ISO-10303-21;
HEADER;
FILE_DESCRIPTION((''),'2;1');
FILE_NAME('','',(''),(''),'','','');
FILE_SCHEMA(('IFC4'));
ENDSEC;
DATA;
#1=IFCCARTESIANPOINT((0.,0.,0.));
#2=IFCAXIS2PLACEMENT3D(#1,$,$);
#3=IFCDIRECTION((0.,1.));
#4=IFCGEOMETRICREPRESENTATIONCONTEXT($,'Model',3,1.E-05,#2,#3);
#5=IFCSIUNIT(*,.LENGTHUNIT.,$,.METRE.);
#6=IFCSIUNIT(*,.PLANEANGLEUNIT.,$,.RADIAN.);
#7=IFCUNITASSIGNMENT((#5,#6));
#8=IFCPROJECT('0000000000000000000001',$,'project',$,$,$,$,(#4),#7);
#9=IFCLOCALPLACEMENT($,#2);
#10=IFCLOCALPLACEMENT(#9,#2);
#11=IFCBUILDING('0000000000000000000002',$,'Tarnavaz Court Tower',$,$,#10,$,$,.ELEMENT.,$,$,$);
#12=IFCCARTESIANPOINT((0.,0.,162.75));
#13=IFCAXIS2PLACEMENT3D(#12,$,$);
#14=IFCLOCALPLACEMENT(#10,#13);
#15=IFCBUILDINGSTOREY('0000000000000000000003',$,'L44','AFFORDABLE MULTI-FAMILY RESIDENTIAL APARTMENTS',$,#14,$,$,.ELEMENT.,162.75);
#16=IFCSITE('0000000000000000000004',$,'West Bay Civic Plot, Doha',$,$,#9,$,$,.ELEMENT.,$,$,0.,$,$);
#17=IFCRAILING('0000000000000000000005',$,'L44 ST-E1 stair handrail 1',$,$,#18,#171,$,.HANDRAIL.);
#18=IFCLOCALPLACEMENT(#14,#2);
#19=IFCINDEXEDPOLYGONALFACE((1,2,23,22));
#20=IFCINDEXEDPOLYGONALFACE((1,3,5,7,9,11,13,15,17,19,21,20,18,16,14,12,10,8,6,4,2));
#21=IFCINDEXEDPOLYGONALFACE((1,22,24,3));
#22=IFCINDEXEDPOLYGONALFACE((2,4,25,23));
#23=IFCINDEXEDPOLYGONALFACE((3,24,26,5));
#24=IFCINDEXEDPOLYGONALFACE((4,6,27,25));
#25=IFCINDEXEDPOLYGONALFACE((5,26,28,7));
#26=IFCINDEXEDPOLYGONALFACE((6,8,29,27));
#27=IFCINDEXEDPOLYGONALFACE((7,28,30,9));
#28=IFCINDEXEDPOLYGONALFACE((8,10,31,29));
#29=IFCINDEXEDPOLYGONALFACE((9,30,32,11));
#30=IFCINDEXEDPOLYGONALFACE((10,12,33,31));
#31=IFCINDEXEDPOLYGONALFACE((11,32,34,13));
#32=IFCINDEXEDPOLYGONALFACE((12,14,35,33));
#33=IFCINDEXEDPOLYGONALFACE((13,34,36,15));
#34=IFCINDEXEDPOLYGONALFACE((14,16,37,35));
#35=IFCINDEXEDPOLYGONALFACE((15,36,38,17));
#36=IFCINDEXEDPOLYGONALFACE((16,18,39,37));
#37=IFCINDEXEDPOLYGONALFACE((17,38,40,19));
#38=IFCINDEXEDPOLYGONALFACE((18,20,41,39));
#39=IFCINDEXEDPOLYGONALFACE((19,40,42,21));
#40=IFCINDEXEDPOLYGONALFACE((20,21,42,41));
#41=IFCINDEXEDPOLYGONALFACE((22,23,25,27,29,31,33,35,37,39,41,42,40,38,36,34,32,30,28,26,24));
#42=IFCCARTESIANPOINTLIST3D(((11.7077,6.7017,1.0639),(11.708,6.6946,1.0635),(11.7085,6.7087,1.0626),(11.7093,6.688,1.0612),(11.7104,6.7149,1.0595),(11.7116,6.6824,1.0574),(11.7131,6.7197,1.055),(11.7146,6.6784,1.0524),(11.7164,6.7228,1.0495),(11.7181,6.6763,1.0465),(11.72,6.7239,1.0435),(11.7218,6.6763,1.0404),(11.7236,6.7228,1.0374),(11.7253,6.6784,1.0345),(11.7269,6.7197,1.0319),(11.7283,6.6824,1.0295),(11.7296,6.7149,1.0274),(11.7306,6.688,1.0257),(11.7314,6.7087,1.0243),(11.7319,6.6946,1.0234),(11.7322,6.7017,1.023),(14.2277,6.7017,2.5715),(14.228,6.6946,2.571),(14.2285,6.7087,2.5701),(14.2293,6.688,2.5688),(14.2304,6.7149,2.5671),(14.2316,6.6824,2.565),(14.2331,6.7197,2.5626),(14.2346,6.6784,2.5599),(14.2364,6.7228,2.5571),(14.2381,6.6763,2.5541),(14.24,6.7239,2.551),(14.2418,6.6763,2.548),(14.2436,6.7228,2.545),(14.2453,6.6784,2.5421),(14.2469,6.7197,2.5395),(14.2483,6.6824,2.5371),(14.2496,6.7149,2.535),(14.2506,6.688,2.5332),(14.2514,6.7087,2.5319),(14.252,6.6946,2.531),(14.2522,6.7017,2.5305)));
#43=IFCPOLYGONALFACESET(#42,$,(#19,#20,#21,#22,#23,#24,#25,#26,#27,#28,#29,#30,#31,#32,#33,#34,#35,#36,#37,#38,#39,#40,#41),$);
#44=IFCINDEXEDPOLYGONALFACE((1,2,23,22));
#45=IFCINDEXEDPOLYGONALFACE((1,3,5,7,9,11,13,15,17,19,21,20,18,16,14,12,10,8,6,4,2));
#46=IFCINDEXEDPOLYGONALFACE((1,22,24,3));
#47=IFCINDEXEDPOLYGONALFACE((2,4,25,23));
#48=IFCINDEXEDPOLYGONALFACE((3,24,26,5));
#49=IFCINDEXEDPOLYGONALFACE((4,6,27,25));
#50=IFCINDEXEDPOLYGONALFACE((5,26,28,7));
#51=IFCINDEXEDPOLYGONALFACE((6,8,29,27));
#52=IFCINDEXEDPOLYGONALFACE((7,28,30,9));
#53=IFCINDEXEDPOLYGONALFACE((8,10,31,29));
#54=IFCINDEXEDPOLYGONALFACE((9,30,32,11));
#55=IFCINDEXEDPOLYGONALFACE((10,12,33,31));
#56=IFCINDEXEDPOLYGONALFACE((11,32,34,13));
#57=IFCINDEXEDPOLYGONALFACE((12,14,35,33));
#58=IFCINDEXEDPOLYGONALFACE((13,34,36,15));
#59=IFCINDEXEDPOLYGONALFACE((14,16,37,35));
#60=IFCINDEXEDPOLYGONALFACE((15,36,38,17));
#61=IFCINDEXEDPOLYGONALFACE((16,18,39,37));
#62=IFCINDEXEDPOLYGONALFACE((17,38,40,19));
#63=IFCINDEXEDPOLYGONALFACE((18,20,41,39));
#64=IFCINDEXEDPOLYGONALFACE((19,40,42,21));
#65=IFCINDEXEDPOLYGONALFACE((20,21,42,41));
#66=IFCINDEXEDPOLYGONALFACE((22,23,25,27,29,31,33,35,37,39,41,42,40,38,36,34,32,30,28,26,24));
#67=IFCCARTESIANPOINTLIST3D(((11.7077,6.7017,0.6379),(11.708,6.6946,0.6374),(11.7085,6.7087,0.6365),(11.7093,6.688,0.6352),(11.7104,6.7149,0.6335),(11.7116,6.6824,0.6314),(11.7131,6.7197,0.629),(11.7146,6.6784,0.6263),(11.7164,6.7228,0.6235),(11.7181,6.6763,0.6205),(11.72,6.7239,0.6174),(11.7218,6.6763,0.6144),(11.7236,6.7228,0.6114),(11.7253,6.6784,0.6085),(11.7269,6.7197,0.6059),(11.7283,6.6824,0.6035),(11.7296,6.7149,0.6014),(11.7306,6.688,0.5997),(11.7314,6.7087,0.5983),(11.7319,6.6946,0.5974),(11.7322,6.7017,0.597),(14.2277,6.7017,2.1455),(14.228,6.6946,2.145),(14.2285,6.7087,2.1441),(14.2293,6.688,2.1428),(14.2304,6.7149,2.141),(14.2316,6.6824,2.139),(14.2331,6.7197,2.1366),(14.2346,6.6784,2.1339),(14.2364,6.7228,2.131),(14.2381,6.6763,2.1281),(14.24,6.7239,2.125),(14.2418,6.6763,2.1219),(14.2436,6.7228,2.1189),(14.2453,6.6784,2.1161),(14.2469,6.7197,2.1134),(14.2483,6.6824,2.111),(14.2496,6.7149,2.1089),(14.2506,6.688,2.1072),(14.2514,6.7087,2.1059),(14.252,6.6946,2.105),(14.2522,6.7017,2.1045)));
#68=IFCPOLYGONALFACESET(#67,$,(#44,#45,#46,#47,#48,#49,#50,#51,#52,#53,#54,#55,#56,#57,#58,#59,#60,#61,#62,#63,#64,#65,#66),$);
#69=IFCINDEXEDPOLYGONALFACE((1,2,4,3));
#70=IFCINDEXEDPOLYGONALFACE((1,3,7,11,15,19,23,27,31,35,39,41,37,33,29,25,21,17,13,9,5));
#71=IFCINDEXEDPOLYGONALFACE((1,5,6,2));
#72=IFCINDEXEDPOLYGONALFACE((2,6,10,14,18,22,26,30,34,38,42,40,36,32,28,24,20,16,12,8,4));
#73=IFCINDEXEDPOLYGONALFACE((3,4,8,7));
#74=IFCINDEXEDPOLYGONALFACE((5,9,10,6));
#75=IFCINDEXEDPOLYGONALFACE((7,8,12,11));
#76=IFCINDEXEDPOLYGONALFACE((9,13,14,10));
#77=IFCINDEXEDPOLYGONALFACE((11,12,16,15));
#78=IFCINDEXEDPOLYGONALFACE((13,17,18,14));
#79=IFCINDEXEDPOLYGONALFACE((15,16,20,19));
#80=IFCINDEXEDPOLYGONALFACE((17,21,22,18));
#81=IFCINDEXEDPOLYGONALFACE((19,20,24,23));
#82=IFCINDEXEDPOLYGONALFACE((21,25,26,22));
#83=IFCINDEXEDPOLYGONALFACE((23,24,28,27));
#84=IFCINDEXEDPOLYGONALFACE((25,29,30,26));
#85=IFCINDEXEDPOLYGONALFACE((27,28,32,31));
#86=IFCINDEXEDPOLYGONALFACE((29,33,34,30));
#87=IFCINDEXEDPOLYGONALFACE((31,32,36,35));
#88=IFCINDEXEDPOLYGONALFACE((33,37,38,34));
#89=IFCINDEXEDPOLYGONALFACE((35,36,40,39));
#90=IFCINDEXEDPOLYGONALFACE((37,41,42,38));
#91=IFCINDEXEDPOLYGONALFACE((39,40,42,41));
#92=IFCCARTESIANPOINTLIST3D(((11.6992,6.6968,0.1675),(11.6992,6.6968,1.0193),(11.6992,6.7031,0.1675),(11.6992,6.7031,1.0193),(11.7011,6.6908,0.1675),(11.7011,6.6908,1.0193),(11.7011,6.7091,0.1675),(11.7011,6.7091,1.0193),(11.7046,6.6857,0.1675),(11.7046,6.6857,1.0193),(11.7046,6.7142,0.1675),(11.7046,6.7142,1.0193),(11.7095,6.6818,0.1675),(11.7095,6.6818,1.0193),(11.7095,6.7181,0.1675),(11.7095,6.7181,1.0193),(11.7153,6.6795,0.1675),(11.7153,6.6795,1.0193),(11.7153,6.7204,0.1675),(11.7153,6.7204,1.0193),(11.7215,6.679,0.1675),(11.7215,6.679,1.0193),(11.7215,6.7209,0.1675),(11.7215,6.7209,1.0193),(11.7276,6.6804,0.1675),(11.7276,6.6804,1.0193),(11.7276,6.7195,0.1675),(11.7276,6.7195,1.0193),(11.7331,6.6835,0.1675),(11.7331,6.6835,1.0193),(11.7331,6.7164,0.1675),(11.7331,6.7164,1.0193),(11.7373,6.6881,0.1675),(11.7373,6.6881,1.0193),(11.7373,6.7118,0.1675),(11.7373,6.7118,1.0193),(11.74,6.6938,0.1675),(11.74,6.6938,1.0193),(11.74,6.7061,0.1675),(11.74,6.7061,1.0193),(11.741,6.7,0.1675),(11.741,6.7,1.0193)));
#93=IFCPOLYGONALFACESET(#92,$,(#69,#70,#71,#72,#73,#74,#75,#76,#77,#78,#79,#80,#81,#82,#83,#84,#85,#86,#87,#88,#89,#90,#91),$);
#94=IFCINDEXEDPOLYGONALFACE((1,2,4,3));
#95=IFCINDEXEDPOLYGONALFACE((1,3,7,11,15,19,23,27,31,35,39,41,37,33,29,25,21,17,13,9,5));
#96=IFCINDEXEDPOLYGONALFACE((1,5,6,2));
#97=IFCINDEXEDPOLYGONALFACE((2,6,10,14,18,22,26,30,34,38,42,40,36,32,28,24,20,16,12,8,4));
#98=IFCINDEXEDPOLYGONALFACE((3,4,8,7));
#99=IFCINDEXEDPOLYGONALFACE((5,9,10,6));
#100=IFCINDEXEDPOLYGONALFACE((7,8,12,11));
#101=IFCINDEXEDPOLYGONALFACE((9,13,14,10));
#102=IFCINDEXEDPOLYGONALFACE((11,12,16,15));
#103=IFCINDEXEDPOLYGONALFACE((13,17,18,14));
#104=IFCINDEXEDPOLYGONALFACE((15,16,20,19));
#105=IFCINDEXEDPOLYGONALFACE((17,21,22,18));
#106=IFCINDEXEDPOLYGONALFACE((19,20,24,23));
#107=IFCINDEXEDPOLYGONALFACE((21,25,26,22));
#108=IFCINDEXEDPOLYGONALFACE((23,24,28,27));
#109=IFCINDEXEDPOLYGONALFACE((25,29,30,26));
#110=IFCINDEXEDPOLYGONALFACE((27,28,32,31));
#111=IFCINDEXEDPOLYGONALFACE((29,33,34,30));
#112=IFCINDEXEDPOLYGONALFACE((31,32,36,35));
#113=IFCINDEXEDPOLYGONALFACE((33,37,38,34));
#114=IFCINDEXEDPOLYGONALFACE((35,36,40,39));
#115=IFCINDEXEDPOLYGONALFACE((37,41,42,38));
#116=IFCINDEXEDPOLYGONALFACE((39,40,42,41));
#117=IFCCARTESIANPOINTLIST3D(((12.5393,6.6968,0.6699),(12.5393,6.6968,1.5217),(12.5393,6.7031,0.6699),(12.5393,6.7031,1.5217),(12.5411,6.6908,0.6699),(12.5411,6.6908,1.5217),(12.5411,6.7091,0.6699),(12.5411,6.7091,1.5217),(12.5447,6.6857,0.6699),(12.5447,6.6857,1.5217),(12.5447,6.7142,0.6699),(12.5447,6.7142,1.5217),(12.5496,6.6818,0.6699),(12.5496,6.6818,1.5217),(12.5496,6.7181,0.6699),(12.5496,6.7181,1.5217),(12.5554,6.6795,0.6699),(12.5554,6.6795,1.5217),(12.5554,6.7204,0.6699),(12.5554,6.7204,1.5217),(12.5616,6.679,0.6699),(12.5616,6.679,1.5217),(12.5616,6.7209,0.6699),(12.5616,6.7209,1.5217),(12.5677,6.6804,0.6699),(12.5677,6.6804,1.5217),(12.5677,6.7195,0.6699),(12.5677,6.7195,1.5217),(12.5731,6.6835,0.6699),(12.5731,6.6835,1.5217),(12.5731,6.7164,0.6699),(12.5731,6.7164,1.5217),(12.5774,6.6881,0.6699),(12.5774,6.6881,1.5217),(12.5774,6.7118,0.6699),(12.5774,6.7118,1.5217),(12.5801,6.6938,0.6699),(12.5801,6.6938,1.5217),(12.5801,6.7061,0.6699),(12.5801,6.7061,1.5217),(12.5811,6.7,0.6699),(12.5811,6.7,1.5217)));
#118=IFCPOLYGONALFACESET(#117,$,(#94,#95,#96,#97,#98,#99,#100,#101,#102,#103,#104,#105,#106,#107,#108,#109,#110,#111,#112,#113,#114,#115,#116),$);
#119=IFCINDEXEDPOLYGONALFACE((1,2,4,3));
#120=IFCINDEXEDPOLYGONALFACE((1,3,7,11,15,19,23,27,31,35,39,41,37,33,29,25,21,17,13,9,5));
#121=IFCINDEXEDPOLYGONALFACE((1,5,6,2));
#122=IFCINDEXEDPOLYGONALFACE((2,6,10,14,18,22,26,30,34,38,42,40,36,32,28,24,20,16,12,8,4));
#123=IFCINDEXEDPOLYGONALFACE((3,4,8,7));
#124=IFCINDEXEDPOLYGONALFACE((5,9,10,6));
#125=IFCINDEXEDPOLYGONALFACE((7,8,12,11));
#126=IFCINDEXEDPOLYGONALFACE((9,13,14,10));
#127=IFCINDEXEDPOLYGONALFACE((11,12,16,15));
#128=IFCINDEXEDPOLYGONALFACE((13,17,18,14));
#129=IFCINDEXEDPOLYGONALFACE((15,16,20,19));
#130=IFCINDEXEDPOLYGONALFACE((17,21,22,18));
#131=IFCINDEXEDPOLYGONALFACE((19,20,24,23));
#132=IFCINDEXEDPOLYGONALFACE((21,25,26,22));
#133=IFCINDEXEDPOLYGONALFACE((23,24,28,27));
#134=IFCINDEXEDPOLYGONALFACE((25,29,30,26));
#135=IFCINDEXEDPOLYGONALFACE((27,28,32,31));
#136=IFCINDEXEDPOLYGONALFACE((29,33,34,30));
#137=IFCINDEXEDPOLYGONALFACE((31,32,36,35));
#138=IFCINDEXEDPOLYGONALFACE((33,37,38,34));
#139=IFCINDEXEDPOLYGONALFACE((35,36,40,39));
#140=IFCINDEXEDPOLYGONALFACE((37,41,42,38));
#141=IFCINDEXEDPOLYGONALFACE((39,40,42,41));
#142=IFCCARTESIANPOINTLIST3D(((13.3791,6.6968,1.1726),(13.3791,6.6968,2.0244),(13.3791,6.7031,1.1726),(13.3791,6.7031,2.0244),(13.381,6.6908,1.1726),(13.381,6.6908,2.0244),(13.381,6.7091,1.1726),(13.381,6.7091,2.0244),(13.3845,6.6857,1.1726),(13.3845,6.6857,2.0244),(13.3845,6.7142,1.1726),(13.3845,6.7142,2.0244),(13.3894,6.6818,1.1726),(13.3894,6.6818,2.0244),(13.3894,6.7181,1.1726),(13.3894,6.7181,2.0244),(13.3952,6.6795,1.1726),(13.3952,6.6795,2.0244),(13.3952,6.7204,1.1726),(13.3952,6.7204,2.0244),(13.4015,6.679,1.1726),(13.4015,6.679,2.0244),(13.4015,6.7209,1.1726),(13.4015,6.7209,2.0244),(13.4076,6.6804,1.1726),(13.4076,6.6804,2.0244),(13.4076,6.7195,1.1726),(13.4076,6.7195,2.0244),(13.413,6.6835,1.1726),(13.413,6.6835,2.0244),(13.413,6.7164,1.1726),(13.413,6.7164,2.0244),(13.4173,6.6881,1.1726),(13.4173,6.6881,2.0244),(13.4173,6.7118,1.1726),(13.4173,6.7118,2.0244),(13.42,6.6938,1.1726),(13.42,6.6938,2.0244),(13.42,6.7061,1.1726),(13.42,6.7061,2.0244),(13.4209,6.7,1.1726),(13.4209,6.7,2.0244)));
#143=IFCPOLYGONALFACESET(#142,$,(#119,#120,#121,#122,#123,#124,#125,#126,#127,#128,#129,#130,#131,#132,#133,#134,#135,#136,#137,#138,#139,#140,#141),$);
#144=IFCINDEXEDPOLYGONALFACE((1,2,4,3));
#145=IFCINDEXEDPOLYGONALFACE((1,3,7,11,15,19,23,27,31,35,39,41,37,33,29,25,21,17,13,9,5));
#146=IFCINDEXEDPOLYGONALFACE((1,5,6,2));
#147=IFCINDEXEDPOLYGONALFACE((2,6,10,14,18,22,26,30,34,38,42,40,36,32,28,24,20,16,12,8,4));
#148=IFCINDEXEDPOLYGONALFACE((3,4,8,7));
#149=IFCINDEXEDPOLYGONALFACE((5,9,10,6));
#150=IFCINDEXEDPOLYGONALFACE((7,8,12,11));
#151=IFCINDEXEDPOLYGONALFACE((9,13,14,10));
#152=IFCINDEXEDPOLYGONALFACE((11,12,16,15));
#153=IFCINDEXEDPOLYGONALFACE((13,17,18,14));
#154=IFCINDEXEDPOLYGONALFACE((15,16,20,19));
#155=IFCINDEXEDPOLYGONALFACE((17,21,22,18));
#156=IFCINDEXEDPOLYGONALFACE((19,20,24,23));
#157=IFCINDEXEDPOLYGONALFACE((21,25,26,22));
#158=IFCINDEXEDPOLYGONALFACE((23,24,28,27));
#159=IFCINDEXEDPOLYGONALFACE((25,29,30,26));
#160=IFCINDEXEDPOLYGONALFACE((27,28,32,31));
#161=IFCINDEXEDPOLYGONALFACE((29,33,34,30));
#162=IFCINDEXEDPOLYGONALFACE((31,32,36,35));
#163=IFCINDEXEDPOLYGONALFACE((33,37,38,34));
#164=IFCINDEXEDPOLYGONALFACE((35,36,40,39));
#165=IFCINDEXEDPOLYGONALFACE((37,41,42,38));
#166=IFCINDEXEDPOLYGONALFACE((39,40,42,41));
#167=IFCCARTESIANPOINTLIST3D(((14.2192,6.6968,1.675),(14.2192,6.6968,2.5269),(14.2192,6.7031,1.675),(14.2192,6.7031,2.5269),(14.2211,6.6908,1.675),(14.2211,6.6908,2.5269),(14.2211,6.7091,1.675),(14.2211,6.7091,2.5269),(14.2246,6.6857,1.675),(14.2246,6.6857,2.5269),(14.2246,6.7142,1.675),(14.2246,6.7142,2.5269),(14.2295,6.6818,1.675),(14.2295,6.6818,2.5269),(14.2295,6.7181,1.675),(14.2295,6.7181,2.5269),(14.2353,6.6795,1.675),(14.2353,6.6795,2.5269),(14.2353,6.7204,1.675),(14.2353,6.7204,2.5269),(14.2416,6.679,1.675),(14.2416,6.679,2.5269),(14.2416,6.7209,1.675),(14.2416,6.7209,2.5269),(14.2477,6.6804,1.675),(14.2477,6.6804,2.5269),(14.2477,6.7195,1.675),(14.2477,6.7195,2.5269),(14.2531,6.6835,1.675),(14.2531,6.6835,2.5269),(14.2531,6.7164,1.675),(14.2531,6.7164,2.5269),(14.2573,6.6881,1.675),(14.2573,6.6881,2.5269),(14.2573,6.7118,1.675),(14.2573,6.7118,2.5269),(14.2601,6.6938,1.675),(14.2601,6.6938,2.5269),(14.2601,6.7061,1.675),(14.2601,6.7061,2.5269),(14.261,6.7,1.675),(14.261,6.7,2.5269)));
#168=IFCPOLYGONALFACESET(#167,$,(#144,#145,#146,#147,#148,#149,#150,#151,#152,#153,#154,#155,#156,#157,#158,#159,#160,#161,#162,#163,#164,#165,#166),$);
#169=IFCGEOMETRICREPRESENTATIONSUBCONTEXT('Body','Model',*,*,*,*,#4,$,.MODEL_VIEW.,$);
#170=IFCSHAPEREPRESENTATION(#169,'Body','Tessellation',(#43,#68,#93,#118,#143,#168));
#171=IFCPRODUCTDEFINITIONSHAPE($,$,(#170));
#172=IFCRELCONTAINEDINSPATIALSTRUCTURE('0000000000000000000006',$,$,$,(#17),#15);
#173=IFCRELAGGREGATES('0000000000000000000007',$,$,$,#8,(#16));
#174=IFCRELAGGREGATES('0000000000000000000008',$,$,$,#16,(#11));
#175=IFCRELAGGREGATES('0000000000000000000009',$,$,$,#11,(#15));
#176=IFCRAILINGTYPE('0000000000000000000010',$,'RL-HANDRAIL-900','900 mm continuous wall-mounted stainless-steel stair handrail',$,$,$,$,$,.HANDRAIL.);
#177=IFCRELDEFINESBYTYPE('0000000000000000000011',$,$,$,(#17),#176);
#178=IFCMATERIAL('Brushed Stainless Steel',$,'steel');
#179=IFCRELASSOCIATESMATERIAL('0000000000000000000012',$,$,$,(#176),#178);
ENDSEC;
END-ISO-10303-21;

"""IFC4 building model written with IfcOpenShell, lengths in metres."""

from ifc_helpers import new_model, si_unit, direction, frame, origin, origin_2d, place, context, subcontext, project, spatial, circle, extrude, material, type_object, element, save


model = new_model("IFC4")

# Units and contexts
model_context = context("Model", 3, precision=1e-05, world=origin(), true_north=direction((0.0, 1.0)))
body_context = subcontext(model_context, "Body", "Model", "MODEL_VIEW")
ifc_project = project(units=[si_unit("LENGTHUNIT", "METRE"), si_unit("PLANEANGLEUNIT", "RADIAN")], contexts=[model_context])

# Site, building, storey
site_placement = place(None, origin())
site = spatial("IfcSite", under=ifc_project, at=site_placement, Name="West Bay Civic Plot, Doha", CompositionType="ELEMENT", RefElevation=0.0)
building_placement = place(site_placement, origin())
building = spatial("IfcBuilding", under=site, at=building_placement, Name="Tarnavaz Court Tower", CompositionType="ELEMENT")
storey_placement = place(building_placement, frame((0.0, 0.0, 162.75)))
storey = spatial("IfcBuildingStorey", under=building, at=storey_placement, Name="L44", Description="AFFORDABLE MULTI-FAMILY RESIDENTIAL APARTMENTS", CompositionType="ELEMENT", Elevation=162.75)

# Railing
ifc_material_1 = material(Name="Brushed Stainless Steel", Category="steel")
railing_type_1 = type_object("IfcRailingType", Name="RL-HANDRAIL-900", Description="900 mm continuous wall-mounted stainless-steel stair handrail", PredefinedType="HANDRAIL", material=ifc_material_1)
railing_1_placement = place(storey_placement, frame((11.72, 6.7, 0.1675)))
element("IfcRailing", 1, at=railing_1_placement, inside=storey, type_object=railing_type_1, Name="L44 ST-E1 stair handrail 1", PredefinedType="HANDRAIL", context=body_context, shape_type="SweptSolid", body=[
    extrude(circle(Radius=0.0239, at=origin_2d()), frame((0.0, 0.0, 0.876), z_axis=(0.85816, 0.0, 0.513383), x_axis=(0.0, 1.0, 0.0)), (0.0, 0.0, 1.0), 2.9365),
    extrude(circle(Radius=0.0239, at=origin_2d()), frame((0.0, 0.0, 0.45), z_axis=(0.85816, 0.0, 0.513383), x_axis=(0.0, 1.0, 0.0)), (0.0, 0.0, 1.0), 2.9365),
    extrude(circle(Radius=0.021, at=origin_2d()), origin(), (0.0, 0.0, 1.0), 0.8518),
    extrude(circle(Radius=0.021, at=origin_2d()), frame((0.8401, 0.0, 0.5024)), (0.0, 0.0, 1.0), 0.8518),
    extrude(circle(Radius=0.021, at=origin_2d()), frame((1.6799, 0.0, 1.0051)), (0.0, 0.0, 1.0), 0.8518),
    extrude(circle(Radius=0.021, at=origin_2d()), frame((2.52, 0.0, 1.5076)), (0.0, 0.0, 1.0), 0.8518),
])

save(model, "model.ifc")
